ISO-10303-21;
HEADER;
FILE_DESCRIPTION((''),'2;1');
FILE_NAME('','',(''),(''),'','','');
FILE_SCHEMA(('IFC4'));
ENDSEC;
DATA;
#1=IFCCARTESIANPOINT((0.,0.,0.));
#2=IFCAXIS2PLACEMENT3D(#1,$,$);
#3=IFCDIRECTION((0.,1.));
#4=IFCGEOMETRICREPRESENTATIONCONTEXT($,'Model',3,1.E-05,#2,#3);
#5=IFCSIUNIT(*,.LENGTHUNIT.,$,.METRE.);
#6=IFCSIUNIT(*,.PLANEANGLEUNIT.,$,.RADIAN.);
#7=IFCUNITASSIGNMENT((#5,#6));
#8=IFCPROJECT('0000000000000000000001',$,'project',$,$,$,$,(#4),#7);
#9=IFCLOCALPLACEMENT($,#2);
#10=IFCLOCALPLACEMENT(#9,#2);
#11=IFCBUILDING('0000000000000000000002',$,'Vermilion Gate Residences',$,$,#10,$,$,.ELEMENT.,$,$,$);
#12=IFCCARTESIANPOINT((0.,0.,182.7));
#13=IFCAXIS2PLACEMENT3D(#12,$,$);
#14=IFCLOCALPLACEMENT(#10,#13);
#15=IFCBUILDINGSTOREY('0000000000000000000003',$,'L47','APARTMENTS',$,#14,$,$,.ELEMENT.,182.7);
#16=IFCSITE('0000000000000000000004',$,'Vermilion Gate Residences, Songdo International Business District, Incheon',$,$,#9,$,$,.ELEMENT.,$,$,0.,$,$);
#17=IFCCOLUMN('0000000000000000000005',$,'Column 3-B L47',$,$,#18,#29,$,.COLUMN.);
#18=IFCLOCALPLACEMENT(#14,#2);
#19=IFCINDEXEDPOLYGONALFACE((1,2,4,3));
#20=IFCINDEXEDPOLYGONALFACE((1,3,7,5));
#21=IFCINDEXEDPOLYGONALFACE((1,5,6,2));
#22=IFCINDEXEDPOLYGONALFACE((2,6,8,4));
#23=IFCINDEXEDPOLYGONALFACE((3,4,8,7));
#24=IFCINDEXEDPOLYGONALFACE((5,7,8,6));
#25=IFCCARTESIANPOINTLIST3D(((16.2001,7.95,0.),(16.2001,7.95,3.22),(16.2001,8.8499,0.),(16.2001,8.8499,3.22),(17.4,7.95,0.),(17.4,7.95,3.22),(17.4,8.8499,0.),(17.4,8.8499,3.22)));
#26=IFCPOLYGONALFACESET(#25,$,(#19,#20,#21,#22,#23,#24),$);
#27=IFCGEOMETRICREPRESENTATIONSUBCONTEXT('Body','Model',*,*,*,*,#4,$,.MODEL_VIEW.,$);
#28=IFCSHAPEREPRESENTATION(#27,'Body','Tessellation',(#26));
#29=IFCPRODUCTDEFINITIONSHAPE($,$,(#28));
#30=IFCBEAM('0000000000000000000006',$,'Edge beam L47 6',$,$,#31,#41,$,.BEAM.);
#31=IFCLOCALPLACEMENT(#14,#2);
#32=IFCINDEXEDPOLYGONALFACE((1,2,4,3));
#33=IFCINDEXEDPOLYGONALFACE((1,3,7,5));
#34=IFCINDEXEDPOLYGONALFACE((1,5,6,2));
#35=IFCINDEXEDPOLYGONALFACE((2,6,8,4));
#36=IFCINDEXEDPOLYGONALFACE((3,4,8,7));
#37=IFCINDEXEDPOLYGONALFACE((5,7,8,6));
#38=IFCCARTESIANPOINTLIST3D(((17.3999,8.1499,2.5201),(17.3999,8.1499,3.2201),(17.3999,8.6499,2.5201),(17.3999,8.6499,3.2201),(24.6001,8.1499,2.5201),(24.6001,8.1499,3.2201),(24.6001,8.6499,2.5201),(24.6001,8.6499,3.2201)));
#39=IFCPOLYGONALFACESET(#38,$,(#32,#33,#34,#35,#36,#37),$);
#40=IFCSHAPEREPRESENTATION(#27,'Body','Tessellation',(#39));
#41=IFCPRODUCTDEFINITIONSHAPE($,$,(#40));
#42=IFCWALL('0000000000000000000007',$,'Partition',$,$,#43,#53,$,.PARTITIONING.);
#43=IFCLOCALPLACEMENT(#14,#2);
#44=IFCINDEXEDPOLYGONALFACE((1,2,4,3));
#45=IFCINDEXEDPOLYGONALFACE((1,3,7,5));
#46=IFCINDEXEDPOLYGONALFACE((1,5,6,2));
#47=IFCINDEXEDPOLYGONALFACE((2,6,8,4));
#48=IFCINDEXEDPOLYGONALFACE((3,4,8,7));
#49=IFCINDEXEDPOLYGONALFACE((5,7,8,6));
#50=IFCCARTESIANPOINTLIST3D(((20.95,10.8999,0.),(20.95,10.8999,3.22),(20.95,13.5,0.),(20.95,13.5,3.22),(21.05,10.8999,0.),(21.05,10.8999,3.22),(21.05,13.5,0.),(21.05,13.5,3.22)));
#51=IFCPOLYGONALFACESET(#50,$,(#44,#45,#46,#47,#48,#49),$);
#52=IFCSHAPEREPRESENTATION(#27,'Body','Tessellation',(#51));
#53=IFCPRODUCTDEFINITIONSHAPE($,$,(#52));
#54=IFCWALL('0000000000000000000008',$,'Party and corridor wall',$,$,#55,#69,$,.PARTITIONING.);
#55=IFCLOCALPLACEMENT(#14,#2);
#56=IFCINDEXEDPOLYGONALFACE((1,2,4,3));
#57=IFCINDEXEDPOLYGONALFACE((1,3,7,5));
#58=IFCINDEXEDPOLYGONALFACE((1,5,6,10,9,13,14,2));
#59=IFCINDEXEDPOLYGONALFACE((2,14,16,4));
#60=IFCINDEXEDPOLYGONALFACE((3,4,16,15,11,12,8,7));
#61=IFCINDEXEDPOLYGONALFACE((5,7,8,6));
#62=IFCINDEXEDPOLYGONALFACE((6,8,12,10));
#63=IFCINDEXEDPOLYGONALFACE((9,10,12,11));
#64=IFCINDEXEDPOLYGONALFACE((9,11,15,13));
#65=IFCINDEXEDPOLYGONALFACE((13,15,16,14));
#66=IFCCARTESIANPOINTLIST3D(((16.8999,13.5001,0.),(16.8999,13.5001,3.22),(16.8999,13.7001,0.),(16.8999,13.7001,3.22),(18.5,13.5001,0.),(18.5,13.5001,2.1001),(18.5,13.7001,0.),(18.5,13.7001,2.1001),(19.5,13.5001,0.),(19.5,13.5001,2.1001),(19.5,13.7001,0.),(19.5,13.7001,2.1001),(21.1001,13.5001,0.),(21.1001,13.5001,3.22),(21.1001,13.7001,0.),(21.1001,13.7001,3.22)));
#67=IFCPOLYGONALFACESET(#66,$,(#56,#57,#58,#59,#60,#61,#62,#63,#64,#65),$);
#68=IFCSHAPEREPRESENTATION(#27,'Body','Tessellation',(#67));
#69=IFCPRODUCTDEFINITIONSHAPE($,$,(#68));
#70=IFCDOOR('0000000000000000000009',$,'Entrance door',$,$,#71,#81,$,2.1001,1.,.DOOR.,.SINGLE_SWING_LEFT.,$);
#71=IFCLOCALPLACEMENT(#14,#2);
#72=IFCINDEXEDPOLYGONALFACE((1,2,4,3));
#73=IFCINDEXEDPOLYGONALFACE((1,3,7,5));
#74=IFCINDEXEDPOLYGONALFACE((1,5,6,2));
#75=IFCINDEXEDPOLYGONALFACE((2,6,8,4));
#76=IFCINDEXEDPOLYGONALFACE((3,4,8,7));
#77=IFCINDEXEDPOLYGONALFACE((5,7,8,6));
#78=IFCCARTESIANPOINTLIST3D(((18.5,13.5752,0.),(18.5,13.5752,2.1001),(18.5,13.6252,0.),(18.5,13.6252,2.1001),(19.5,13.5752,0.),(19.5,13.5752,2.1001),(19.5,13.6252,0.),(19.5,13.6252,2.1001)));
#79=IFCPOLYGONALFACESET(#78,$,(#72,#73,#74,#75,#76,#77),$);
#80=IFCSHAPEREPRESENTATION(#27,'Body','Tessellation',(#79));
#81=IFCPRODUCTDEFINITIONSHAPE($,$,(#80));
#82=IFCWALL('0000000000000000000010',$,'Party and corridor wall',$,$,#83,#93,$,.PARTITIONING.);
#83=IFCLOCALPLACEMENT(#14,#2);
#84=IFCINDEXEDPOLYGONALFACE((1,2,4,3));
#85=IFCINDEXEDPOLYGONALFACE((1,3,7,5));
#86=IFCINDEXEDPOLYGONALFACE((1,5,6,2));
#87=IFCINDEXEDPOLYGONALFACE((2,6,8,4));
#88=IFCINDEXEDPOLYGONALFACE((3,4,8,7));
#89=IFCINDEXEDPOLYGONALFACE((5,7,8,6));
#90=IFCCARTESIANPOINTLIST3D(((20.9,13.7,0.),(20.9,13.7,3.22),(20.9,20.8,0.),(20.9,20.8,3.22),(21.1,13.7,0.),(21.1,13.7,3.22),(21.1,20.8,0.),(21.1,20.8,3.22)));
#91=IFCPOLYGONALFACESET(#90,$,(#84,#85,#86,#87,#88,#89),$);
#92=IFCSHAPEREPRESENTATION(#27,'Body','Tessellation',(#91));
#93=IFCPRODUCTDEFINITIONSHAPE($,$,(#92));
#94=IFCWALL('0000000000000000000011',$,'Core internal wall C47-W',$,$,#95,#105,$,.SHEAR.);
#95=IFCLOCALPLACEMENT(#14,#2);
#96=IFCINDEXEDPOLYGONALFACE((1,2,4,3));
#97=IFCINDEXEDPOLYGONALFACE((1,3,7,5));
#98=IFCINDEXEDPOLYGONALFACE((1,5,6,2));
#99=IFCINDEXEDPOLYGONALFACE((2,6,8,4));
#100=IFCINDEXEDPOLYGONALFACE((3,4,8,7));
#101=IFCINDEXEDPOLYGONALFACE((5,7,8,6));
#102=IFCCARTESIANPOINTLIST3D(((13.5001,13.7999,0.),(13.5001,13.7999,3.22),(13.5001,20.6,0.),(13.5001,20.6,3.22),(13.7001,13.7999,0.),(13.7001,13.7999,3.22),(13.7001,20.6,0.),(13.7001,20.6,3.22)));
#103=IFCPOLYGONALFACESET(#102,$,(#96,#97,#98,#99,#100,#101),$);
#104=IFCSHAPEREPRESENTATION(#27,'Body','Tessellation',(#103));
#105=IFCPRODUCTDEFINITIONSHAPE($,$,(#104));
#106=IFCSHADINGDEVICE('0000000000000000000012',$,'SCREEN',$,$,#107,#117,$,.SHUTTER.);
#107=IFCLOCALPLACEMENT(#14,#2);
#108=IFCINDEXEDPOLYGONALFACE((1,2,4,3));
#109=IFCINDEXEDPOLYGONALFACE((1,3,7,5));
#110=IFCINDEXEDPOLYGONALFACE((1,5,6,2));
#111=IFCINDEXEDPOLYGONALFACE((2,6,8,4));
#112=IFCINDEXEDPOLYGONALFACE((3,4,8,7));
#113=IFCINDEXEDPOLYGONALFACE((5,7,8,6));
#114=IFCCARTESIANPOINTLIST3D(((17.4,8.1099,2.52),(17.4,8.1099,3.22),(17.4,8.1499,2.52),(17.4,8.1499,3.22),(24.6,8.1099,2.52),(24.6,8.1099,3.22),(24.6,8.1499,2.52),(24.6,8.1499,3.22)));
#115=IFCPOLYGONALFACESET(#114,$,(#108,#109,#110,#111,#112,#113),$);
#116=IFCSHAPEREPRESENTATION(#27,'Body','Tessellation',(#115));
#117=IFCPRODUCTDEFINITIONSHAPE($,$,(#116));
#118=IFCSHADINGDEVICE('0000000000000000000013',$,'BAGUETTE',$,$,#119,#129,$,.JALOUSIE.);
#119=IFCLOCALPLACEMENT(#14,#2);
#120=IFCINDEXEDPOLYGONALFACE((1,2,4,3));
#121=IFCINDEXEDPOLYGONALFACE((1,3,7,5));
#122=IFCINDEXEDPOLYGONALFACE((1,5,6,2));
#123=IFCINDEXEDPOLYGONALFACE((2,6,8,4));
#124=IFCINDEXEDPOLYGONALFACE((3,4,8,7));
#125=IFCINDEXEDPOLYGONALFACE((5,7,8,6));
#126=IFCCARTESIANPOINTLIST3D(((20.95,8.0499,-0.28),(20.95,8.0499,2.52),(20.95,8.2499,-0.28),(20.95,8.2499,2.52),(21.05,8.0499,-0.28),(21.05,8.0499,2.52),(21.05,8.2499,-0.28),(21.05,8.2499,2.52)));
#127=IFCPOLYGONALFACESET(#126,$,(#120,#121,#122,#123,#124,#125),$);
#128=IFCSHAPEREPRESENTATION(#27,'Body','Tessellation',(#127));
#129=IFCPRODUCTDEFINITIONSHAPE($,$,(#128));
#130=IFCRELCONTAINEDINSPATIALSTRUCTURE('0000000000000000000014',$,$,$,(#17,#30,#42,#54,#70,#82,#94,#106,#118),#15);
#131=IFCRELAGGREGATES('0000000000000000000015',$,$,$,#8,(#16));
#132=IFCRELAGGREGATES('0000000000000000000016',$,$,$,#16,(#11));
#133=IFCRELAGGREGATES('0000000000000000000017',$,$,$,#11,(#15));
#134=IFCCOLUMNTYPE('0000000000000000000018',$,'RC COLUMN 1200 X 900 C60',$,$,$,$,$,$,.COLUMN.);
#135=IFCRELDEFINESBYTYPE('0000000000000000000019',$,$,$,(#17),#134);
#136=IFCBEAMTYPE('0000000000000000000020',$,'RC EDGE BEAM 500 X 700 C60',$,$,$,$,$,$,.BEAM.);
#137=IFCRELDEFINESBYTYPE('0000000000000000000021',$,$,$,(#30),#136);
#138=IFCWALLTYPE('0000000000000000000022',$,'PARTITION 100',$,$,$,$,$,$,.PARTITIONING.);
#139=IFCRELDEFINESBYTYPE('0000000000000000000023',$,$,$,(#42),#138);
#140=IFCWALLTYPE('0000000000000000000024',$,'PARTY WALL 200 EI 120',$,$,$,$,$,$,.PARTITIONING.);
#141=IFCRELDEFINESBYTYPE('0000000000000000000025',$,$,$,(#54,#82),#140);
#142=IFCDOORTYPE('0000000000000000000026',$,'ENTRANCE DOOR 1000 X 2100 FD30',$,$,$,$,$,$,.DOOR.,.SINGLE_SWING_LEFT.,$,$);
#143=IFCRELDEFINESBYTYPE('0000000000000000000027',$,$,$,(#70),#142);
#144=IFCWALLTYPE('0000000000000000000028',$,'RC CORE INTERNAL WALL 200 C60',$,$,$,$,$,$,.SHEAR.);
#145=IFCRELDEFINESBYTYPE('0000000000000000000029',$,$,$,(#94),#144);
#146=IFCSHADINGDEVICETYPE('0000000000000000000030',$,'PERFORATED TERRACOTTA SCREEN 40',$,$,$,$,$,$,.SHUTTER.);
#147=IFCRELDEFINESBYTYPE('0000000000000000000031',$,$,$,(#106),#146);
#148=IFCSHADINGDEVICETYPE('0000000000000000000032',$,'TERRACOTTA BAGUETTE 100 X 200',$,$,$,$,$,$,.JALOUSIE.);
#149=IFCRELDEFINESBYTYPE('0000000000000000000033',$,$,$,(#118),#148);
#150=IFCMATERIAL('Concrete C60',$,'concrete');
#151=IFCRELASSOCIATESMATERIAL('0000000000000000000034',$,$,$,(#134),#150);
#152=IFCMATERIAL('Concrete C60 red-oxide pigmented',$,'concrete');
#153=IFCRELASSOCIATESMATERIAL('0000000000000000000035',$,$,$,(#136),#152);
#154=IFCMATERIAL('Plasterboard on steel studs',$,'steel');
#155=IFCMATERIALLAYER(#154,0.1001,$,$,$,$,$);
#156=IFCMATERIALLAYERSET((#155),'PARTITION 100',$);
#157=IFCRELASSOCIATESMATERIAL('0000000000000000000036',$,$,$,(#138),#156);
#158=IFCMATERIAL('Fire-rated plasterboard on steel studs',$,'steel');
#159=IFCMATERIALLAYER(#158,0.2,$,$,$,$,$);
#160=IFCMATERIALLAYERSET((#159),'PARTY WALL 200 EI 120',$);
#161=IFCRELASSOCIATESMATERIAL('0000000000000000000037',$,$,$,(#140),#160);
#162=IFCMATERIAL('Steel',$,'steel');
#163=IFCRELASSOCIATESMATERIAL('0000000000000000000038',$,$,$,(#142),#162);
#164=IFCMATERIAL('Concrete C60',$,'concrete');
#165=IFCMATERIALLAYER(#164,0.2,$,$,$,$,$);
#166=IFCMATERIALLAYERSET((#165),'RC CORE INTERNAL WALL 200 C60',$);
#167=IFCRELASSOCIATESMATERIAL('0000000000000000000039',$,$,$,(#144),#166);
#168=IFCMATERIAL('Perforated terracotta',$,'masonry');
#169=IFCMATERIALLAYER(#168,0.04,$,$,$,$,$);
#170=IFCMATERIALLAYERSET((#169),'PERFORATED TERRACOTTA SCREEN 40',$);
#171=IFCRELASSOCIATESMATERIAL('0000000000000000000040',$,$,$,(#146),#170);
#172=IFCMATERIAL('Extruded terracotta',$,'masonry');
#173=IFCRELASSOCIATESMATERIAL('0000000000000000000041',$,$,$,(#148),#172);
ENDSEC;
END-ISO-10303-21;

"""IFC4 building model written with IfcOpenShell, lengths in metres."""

from ifc_helpers import new_model, si_unit, direction, frame, frame_2d, origin, origin_2d, place, context, subcontext, project, spatial, rectangle, extrude, material, layer, layer_set, material_profile, profile_set, type_object, element, fill, save


model = new_model("IFC4")

# Units and contexts
model_context = context("Model", 3, precision=1e-05, world=origin(), true_north=direction((0.0, 1.0)))
body_context = subcontext(model_context, "Body", "Model", "MODEL_VIEW")
ifc_project = project(units=[si_unit("LENGTHUNIT", "METRE"), si_unit("PLANEANGLEUNIT", "RADIAN")], contexts=[model_context])

# Site, building, storey
site_placement = place(None, origin())
site = spatial("IfcSite", under=ifc_project, at=site_placement, Name="Vermilion Gate Residences, Songdo International Business District, Incheon", CompositionType="ELEMENT", RefElevation=0.0)
building_placement = place(site_placement, origin())
building = spatial("IfcBuilding", under=site, at=building_placement, Name="Vermilion Gate Residences", CompositionType="ELEMENT")
storey_placement = place(building_placement, frame((0.0, 0.0, 182.7)))
storey = spatial("IfcBuildingStorey", under=building, at=storey_placement, Name="L47", Description="APARTMENTS", CompositionType="ELEMENT", Elevation=182.7)

# Column
ifc_material_1 = material(Name="Concrete C60", Category="concrete")
ifc_material_profile_1 = material_profile(ifc_material_1, rectangle(XDim=1.2, YDim=0.8999, at=origin_2d()), Name="RC-1200x900")
ifc_profile_set_1 = profile_set([ifc_material_profile_1], Name="Concrete C60")
column_type = type_object("IfcColumnType", Name="RC COLUMN 1200 X 900 C60", PredefinedType="COLUMN", material=ifc_profile_set_1)
column_placement = place(storey_placement, frame((16.8, 8.3999, 0.0), z_axis=(0.0, 0.0, 1.0), x_axis=(1.0, 0.0, 0.0)))
element("IfcColumn", 1, at=column_placement, inside=storey, type_object=column_type, Name="Column 3-B L47", PredefinedType="COLUMN", context=body_context, shape_type="SweptSolid", body=[
    extrude(rectangle(XDim=1.2, YDim=0.8999, at=origin_2d()), origin(), (0.0, 0.0, 1.0), 3.22),
])

# Beam
ifc_material_2 = material(Name="Concrete C60 red-oxide pigmented", Category="concrete")
ifc_material_profile_2 = material_profile(ifc_material_2, rectangle(XDim=0.5, YDim=0.7, at=origin_2d()), Name="RC-500x700")
ifc_profile_set_2 = profile_set([ifc_material_profile_2], Name="Concrete C60 red-oxide pigmented")
beam_type = type_object("IfcBeamType", Name="RC EDGE BEAM 500 X 700 C60", PredefinedType="BEAM", material=ifc_profile_set_2)
beam_placement = place(storey_placement, frame((17.3999, 8.3999, 2.8701), z_axis=(1.0, 0.0, 0.0), x_axis=(0.0, 1.0, 0.0)))
element("IfcBeam", 2, at=beam_placement, inside=storey, type_object=beam_type, Name="Edge beam L47 6", PredefinedType="BEAM", context=body_context, shape_type="SweptSolid", body=[
    extrude(rectangle(XDim=0.5, YDim=0.7, at=origin_2d()), origin(), (0.0, 0.0, 1.0), 7.2002),
])

# Wall
ifc_material_3 = material(Name="Plasterboard on steel studs", Category="steel")
ifc_layer_1 = layer(ifc_material_3, 0.1001)
ifc_layer_set_1 = layer_set([ifc_layer_1], Name="PARTITION 100")
wall_type_1 = type_object("IfcWallType", Name="PARTITION 100", PredefinedType="PARTITIONING", material=ifc_layer_set_1)
wall_1_placement = place(storey_placement, frame((21.0, 10.8999, 0.0), z_axis=(0.0, 0.0, 1.0), x_axis=(0.0, 1.0, 0.0)))
element("IfcWall", 3, at=wall_1_placement, inside=storey, type_object=wall_type_1, Name="Partition", PredefinedType="PARTITIONING", context=body_context, shape_type="SweptSolid", body=[
    extrude(rectangle(XDim=2.6001, YDim=0.1001, at=frame_2d((1.3, 0.0))), origin(), (0.0, 0.0, 1.0), 3.22),
])

# Wall, opening, door
ifc_material_4 = material(Name="Fire-rated plasterboard on steel studs", Category="steel")
ifc_layer_2 = layer(ifc_material_4, 0.2)
ifc_layer_set_2 = layer_set([ifc_layer_2], Name="PARTY WALL 200 EI 120")
wall_type_2 = type_object("IfcWallType", Name="PARTY WALL 200 EI 120", PredefinedType="PARTITIONING", material=ifc_layer_set_2)
wall_2_placement = place(storey_placement, frame((16.8999, 13.6001, 0.0), z_axis=(0.0, 0.0, 1.0), x_axis=(1.0, 0.0, 0.0)))
wall_2 = element("IfcWall", 4, at=wall_2_placement, inside=storey, type_object=wall_type_2, Name="Party and corridor wall", PredefinedType="PARTITIONING", context=body_context, shape_type="SweptSolid", body=[
    extrude(rectangle(XDim=4.2002, YDim=0.2, at=frame_2d((2.1001, 0.0))), origin(), (0.0, 0.0, 1.0), 3.22),
])
opening_placement = place(wall_2_placement, frame((1.6001, 0.0, 0.0)))
opening = element("IfcOpeningElement", 5, at=opening_placement, cuts=wall_2, PredefinedType="OPENING", context=body_context, shape_type="SweptSolid", body=[
    extrude(rectangle(XDim=1.0, YDim=2.1001, at=frame_2d((0.5, 1.05))), frame((0.0, 0.1099, 0.0), z_axis=(0.0, -1.0, 0.0), x_axis=(1.0, 0.0, 0.0)), (0.0, 0.0, 1.0), 0.22),
])
ifc_material_5 = material(Name="Steel", Category="steel")
door_type = type_object("IfcDoorType", Name="ENTRANCE DOOR 1000 X 2100 FD30", OperationType="SINGLE_SWING_LEFT", PredefinedType="DOOR", material=ifc_material_5)
door_placement = place(opening_placement, frame((1.0, 0.0, 0.0), z_axis=(0.0, 0.0, 1.0), x_axis=(-1.0, 0.0, 0.0)))
door = element("IfcDoor", 6, at=door_placement, inside=storey, type_object=door_type, Name="Entrance door", OperationType="SINGLE_SWING_LEFT", OverallHeight=2.1001, OverallWidth=1.0, PredefinedType="DOOR", context=body_context, shape_type="SweptSolid", body=[
    extrude(rectangle(XDim=1.0, YDim=2.1001, at=frame_2d((0.5, 1.05))), frame((0.0, 0.0249, 0.0), z_axis=(0.0, -1.0, 0.0), x_axis=(1.0, 0.0, 0.0)), (0.0, 0.0, 1.0), 0.05),
])
fill(opening, door)

# Walls
wall_3_placement = place(storey_placement, frame((21.0, 13.7, 0.0), z_axis=(0.0, 0.0, 1.0), x_axis=(0.0, 1.0, 0.0)))
element("IfcWall", 7, at=wall_3_placement, inside=storey, type_object=wall_type_2, Name="Party and corridor wall", PredefinedType="PARTITIONING", context=body_context, shape_type="SweptSolid", body=[
    extrude(rectangle(XDim=7.1001, YDim=0.2, at=frame_2d((3.55, 0.0))), origin(), (0.0, 0.0, 1.0), 3.22),
])
ifc_material_6 = material(Name="Concrete C60", Category="concrete")
ifc_layer_3 = layer(ifc_material_6, 0.2)
ifc_layer_set_3 = layer_set([ifc_layer_3], Name="RC CORE INTERNAL WALL 200 C60")
wall_type_3 = type_object("IfcWallType", Name="RC CORE INTERNAL WALL 200 C60", PredefinedType="SHEAR", material=ifc_layer_set_3)
wall_4_placement = place(storey_placement, frame((13.6001, 13.8, 0.0), z_axis=(0.0, 0.0, 1.0), x_axis=(0.0, 1.0, 0.0)))
element("IfcWall", 8, at=wall_4_placement, inside=storey, type_object=wall_type_3, Name="Core internal wall C47-W", PredefinedType="SHEAR", context=body_context, shape_type="SweptSolid", body=[
    extrude(rectangle(XDim=6.8, YDim=0.2, at=frame_2d((3.3999, 0.0))), origin(), (0.0, 0.0, 1.0), 3.22),
])

# Shading devices
ifc_material_7 = material(Name="Perforated terracotta", Category="masonry")
ifc_layer_4 = layer(ifc_material_7, 0.04)
ifc_layer_set_4 = layer_set([ifc_layer_4], Name="PERFORATED TERRACOTTA SCREEN 40")
shading_device_type_1 = type_object("IfcShadingDeviceType", Name="PERFORATED TERRACOTTA SCREEN 40", PredefinedType="SHUTTER", material=ifc_layer_set_4)
shading_device_1_placement = place(storey_placement, frame((21.0, 8.1299, 2.52), z_axis=(0.0, 0.0, 1.0), x_axis=(1.0, 0.0, 0.0)))
element("IfcShadingDevice", 9, at=shading_device_1_placement, inside=storey, type_object=shading_device_type_1, Name="SCREEN", PredefinedType="SHUTTER", context=body_context, shape_type="SweptSolid", body=[
    extrude(rectangle(XDim=7.2, YDim=0.04, at=origin_2d()), origin(), (0.0, 0.0, 1.0), 0.7),
])
ifc_material_8 = material(Name="Extruded terracotta", Category="masonry")
ifc_material_profile_3 = material_profile(ifc_material_8, rectangle(XDim=0.2, YDim=0.1001, at=origin_2d()), Name="BAGUETTE 100 X 200")
ifc_profile_set_3 = profile_set([ifc_material_profile_3], Name="Extruded terracotta")
shading_device_type_2 = type_object("IfcShadingDeviceType", Name="TERRACOTTA BAGUETTE 100 X 200", PredefinedType="JALOUSIE", material=ifc_profile_set_3)
shading_device_2_placement = place(storey_placement, frame((21.0, 8.1499, -0.28), z_axis=(0.0, 0.0, 1.0), x_axis=(0.0, 1.0, 0.0)))
element("IfcShadingDevice", 10, at=shading_device_2_placement, inside=storey, type_object=shading_device_type_2, Name="BAGUETTE", PredefinedType="JALOUSIE", context=body_context, shape_type="SweptSolid", body=[
    extrude(rectangle(XDim=0.2, YDim=0.1001, at=origin_2d()), origin(), (0.0, 0.0, 1.0), 2.8),
])

save(model, "model.ifc")
